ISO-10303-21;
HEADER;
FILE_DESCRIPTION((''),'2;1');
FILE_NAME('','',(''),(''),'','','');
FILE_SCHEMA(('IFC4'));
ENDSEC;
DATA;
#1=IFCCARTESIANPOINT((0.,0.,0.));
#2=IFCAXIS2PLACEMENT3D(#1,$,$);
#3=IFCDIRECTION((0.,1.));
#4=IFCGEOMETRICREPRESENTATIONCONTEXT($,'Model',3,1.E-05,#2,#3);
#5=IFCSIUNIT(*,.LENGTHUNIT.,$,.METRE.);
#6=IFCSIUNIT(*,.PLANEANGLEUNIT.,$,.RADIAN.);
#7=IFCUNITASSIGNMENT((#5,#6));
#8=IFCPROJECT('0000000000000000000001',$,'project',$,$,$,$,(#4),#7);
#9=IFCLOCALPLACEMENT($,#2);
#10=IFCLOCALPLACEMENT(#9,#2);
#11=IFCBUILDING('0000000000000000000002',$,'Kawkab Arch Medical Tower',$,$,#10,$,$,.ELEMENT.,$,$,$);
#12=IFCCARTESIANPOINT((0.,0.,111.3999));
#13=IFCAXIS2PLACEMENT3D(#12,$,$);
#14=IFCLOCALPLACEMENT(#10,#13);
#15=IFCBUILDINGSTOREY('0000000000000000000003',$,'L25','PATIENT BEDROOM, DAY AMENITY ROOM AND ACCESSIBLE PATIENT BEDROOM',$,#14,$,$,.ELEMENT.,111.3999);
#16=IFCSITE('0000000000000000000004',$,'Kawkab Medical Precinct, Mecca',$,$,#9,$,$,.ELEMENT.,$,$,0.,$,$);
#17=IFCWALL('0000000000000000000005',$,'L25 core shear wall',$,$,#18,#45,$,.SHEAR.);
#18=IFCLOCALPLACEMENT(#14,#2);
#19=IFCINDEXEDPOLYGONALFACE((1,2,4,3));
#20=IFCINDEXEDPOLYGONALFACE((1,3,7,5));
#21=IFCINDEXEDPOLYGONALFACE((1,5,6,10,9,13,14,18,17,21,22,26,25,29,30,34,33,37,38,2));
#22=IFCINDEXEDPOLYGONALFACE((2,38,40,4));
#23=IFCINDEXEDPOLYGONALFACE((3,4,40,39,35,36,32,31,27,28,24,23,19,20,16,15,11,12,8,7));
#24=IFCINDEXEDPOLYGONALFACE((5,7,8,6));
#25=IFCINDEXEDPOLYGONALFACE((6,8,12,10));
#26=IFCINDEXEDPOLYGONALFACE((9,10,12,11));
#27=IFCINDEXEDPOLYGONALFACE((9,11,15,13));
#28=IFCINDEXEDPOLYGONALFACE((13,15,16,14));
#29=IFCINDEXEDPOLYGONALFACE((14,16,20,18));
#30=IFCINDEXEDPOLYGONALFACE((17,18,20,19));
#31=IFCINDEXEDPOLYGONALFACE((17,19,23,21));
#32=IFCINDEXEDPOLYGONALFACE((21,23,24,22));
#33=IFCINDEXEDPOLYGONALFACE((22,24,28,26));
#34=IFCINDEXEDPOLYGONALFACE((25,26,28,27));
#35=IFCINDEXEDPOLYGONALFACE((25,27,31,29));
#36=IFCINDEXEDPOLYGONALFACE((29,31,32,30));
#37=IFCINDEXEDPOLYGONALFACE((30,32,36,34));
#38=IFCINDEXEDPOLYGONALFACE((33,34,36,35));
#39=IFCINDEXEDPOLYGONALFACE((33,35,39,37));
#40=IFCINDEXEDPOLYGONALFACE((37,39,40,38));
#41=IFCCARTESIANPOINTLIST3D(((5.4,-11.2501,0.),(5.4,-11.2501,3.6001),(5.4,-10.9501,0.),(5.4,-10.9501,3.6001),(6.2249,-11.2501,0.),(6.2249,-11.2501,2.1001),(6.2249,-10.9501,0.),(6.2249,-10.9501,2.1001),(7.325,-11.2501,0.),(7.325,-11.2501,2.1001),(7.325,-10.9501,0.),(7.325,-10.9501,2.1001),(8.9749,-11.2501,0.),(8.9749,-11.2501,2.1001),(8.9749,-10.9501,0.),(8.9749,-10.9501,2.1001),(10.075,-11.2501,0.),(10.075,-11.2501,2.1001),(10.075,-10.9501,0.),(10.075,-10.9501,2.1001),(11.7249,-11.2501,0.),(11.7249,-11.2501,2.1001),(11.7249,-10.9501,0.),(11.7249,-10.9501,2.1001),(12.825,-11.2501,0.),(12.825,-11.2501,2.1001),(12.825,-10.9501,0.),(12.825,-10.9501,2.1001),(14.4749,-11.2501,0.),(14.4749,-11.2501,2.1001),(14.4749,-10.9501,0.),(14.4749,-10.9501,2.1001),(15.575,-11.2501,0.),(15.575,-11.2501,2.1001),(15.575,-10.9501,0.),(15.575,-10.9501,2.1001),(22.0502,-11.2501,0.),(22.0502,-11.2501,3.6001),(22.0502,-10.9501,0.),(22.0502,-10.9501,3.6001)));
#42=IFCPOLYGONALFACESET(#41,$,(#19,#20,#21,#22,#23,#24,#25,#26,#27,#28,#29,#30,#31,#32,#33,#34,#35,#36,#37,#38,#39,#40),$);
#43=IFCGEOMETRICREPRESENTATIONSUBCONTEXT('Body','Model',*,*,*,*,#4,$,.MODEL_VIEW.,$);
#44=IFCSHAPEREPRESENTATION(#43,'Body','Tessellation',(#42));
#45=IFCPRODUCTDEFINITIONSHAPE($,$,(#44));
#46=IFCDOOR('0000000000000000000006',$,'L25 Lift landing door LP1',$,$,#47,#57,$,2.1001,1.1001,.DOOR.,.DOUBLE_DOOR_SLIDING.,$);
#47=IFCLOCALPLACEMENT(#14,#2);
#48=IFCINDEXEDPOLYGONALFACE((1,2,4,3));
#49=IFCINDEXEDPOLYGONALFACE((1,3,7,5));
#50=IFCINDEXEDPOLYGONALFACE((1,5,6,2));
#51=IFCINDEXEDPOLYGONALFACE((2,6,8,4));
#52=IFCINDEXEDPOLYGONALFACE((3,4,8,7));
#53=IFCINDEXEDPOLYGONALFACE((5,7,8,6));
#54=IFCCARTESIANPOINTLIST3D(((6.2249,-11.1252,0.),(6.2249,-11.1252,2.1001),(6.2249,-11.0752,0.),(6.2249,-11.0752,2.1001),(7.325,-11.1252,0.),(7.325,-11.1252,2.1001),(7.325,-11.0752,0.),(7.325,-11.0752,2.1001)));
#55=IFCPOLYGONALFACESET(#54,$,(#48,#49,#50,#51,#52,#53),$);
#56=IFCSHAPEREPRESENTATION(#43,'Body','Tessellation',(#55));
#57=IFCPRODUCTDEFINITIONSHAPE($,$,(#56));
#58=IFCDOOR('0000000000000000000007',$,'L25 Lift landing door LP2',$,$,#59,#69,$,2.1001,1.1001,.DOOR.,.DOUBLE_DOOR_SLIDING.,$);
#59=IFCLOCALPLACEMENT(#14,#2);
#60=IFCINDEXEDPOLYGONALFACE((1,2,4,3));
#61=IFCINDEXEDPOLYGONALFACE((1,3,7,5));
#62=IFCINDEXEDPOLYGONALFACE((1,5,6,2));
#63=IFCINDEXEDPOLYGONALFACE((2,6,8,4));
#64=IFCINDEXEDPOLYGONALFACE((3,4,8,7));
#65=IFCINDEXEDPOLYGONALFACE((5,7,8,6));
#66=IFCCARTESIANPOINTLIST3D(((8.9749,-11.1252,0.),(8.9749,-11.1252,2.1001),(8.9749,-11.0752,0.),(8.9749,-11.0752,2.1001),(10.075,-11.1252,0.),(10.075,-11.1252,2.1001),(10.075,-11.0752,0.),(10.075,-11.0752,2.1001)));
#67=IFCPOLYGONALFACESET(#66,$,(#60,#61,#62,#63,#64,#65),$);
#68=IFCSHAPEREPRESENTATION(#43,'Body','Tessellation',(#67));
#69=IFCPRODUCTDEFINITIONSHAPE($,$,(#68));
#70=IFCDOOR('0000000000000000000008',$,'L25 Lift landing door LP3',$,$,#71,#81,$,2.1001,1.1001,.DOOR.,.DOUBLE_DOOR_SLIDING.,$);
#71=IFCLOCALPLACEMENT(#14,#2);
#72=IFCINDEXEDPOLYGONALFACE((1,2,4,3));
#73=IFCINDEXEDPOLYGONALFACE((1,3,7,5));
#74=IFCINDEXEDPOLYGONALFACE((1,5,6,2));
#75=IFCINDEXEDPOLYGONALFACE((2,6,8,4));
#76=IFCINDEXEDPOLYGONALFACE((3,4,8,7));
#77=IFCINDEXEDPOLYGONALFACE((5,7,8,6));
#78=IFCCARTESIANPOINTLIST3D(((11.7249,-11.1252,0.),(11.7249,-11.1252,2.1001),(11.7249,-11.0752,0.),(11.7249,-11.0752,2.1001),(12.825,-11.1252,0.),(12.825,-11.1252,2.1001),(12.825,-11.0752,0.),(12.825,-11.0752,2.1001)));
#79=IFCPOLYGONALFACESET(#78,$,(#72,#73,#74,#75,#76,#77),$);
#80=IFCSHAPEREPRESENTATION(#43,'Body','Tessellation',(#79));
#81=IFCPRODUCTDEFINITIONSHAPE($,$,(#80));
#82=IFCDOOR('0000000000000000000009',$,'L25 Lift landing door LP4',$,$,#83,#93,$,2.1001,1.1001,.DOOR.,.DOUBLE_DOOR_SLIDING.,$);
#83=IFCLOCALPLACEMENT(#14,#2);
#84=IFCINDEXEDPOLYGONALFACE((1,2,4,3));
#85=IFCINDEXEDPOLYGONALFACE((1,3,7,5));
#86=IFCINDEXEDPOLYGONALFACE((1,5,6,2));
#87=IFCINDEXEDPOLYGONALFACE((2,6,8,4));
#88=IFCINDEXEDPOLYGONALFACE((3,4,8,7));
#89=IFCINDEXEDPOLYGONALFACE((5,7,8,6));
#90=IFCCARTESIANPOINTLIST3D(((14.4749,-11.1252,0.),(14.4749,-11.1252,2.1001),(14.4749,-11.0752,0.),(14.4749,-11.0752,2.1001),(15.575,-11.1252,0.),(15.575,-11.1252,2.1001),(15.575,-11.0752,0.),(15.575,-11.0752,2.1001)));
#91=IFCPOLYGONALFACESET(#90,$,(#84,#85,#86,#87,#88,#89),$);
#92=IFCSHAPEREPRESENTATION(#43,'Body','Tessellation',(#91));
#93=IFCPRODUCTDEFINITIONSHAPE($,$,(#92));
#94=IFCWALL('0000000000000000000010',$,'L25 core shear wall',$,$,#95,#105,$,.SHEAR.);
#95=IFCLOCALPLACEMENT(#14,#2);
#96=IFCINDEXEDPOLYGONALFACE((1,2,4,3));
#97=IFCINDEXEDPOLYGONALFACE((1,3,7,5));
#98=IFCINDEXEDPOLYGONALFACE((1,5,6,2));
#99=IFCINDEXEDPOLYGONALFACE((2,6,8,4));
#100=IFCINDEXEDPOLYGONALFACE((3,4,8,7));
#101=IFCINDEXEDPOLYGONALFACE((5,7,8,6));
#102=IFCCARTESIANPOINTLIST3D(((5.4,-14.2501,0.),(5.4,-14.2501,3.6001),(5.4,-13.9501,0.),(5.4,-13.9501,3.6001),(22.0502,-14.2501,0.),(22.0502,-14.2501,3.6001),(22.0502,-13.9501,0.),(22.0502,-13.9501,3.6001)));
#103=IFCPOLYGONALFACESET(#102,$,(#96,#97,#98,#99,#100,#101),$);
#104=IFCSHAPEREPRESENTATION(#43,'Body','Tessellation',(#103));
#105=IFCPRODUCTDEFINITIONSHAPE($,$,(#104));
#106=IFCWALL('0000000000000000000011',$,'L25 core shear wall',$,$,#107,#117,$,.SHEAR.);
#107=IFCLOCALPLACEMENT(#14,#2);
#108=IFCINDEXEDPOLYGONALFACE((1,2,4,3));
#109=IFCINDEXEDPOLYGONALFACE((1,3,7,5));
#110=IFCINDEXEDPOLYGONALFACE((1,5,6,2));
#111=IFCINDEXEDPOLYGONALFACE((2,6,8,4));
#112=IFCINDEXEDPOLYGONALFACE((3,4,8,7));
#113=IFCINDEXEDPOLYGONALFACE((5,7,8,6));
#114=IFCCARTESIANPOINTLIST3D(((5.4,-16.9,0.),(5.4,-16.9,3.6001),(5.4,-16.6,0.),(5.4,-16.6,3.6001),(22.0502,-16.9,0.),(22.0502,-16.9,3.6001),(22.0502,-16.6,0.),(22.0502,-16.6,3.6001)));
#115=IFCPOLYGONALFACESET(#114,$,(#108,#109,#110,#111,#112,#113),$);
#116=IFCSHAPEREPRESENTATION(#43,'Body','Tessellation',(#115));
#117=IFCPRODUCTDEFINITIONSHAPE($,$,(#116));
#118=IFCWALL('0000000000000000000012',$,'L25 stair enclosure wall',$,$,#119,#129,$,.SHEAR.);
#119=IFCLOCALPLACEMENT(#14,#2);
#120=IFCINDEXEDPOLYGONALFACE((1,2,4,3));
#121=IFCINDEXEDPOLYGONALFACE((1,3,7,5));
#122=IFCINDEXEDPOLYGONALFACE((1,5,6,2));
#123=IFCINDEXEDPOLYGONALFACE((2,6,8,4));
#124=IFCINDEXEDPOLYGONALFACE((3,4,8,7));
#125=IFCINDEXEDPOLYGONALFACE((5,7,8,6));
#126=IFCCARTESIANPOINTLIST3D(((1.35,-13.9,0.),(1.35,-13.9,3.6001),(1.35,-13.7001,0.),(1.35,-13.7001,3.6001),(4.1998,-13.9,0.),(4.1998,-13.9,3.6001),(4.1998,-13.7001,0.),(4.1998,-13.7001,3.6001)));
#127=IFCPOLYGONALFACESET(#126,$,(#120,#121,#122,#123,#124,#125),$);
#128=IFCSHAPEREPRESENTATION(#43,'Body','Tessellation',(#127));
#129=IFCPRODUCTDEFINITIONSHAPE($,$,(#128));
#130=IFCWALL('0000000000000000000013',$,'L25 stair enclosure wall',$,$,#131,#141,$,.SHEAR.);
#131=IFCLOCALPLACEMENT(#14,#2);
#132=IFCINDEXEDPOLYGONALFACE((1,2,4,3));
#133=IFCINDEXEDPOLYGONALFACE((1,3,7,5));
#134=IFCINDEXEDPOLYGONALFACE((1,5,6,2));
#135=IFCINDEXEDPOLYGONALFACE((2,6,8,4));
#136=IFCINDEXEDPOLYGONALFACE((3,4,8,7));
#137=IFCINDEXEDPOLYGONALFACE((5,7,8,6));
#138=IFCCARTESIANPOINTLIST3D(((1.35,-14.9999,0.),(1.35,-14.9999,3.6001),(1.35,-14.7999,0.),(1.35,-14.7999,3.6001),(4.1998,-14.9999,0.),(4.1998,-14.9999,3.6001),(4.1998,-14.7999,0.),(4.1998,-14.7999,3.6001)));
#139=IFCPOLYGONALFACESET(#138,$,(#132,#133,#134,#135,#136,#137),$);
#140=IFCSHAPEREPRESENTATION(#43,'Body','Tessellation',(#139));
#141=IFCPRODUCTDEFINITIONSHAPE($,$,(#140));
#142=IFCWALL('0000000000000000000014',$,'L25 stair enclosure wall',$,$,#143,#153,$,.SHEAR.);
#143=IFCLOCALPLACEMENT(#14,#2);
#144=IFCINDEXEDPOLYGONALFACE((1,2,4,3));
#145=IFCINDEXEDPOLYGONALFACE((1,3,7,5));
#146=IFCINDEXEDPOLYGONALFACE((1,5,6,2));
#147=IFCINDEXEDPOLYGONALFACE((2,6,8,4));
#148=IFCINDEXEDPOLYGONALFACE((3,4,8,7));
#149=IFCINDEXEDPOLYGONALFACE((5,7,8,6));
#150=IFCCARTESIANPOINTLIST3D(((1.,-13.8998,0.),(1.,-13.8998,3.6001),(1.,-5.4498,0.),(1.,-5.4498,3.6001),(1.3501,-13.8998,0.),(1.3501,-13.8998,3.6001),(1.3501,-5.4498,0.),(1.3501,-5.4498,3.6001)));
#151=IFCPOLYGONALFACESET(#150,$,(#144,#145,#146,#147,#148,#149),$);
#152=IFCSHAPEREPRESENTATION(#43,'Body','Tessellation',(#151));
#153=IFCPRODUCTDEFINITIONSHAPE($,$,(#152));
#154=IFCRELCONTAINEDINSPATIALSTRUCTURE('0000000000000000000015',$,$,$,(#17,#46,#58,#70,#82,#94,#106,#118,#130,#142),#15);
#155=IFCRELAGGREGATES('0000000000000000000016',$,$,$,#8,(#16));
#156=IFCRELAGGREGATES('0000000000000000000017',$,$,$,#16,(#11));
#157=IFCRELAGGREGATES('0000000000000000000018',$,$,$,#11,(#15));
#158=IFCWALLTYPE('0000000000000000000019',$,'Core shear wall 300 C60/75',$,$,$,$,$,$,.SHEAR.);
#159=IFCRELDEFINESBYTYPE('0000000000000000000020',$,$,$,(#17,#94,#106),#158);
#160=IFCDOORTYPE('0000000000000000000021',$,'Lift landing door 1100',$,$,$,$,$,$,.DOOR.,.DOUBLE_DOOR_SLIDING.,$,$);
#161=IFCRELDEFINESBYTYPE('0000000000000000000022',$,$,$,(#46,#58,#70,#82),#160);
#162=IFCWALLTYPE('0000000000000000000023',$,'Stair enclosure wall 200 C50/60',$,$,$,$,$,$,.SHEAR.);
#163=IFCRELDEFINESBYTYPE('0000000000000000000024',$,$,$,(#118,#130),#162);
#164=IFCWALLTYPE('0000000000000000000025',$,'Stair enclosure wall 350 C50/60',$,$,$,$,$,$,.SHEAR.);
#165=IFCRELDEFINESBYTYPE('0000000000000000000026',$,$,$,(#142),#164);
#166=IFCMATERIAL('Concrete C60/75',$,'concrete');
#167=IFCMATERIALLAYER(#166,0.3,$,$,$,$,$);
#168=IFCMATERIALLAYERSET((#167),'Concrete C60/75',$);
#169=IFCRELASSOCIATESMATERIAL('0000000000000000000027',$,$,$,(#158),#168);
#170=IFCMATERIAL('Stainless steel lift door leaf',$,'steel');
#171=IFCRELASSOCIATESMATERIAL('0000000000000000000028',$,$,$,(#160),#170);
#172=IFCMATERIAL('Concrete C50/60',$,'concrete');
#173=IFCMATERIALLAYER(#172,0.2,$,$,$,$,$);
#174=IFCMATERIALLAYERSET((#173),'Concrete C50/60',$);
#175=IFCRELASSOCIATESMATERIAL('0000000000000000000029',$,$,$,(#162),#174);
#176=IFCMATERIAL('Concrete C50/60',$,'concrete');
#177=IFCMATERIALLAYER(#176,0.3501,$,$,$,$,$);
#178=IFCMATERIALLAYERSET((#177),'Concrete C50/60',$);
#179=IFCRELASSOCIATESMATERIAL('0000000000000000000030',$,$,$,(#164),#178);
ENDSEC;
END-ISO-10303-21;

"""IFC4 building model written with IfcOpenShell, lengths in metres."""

from ifc_helpers import new_model, si_unit, direction, frame, frame_2d, origin, place, context, subcontext, project, spatial, rectangle, extrude, material, layer, layer_set, type_object, element, fill, save


model = new_model("IFC4")

# Units and contexts
model_context = context("Model", 3, precision=1e-05, world=origin(), true_north=direction((0.0, 1.0)))
body_context = subcontext(model_context, "Body", "Model", "MODEL_VIEW")
ifc_project = project(units=[si_unit("LENGTHUNIT", "METRE"), si_unit("PLANEANGLEUNIT", "RADIAN")], contexts=[model_context])

# Site, building, storey
site_placement = place(None, origin())
site = spatial("IfcSite", under=ifc_project, at=site_placement, Name="Kawkab Medical Precinct, Mecca", CompositionType="ELEMENT", RefElevation=0.0)
building_placement = place(site_placement, origin())
building = spatial("IfcBuilding", under=site, at=building_placement, Name="Kawkab Arch Medical Tower", CompositionType="ELEMENT")
storey_placement = place(building_placement, frame((0.0, 0.0, 111.3999)))
storey = spatial("IfcBuildingStorey", under=building, at=storey_placement, Name="L25", Description="PATIENT BEDROOM, DAY AMENITY ROOM AND ACCESSIBLE PATIENT BEDROOM", CompositionType="ELEMENT", Elevation=111.3999)

# Shared definitions
ifc_material_1 = material(Name="Concrete C60/75", Category="concrete")
ifc_layer_1 = layer(ifc_material_1, 0.3)
ifc_layer_set_1 = layer_set([ifc_layer_1], Name="Concrete C60/75")
wall_type_1 = type_object("IfcWallType", Name="Core shear wall 300 C60/75", PredefinedType="SHEAR", material=ifc_layer_set_1)

# Wall, openings, doors
wall_1_placement = place(storey_placement, frame((5.3999, -11.1001, 0.0), z_axis=(0.0, 0.0, 1.0), x_axis=(1.0, 0.0, 0.0)))
wall_1 = element("IfcWall", 1, at=wall_1_placement, inside=storey, type_object=wall_type_1, Name="L25 core shear wall", PredefinedType="SHEAR", context=body_context, shape_type="SweptSolid", body=[
    extrude(rectangle(XDim=16.6501, YDim=0.3, at=frame_2d((8.3252, 0.0))), origin(), (0.0, 0.0, 1.0), 3.6001),
])
opening_1_placement = place(wall_1_placement, frame((0.825, 0.0, 0.0)))
opening_1 = element("IfcOpeningElement", 2, at=opening_1_placement, cuts=wall_1, PredefinedType="OPENING", context=body_context, shape_type="SweptSolid", body=[
    extrude(rectangle(XDim=1.1001, YDim=2.1001, at=frame_2d((0.55, 1.05))), frame((0.0, 0.1599, 0.0), z_axis=(0.0, -1.0, 0.0), x_axis=(1.0, 0.0, 0.0)), (0.0, 0.0, 1.0), 0.3201),
])
opening_2_placement = place(wall_1_placement, frame((3.575, 0.0, 0.0)))
opening_2 = element("IfcOpeningElement", 3, at=opening_2_placement, cuts=wall_1, PredefinedType="OPENING", context=body_context, shape_type="SweptSolid", body=[
    extrude(rectangle(XDim=1.1001, YDim=2.1001, at=frame_2d((0.55, 1.05))), frame((0.0, 0.1599, 0.0), z_axis=(0.0, -1.0, 0.0), x_axis=(1.0, 0.0, 0.0)), (0.0, 0.0, 1.0), 0.3201),
])
opening_3_placement = place(wall_1_placement, frame((6.325, 0.0, 0.0)))
opening_3 = element("IfcOpeningElement", 4, at=opening_3_placement, cuts=wall_1, PredefinedType="OPENING", context=body_context, shape_type="SweptSolid", body=[
    extrude(rectangle(XDim=1.1001, YDim=2.1001, at=frame_2d((0.55, 1.05))), frame((0.0, 0.1599, 0.0), z_axis=(0.0, -1.0, 0.0), x_axis=(1.0, 0.0, 0.0)), (0.0, 0.0, 1.0), 0.3201),
])
opening_4_placement = place(wall_1_placement, frame((9.075, 0.0, 0.0)))
opening_4 = element("IfcOpeningElement", 5, at=opening_4_placement, cuts=wall_1, PredefinedType="OPENING", context=body_context, shape_type="SweptSolid", body=[
    extrude(rectangle(XDim=1.1001, YDim=2.1001, at=frame_2d((0.55, 1.05))), frame((0.0, 0.1599, 0.0), z_axis=(0.0, -1.0, 0.0), x_axis=(1.0, 0.0, 0.0)), (0.0, 0.0, 1.0), 0.3201),
])
ifc_material_2 = material(Name="Stainless steel lift door leaf", Category="steel")
door_type = type_object("IfcDoorType", Name="Lift landing door 1100", OperationType="DOUBLE_DOOR_SLIDING", PredefinedType="DOOR", material=ifc_material_2)
door_1_placement = place(opening_1_placement, origin())
door_1 = element("IfcDoor", 6, at=door_1_placement, inside=storey, type_object=door_type, Name="L25 Lift landing door LP1", OperationType="DOUBLE_DOOR_SLIDING", OverallHeight=2.1001, OverallWidth=1.1001, PredefinedType="DOOR", context=body_context, shape_type="SweptSolid", body=[
    extrude(rectangle(XDim=1.1001, YDim=2.1001, at=frame_2d((0.55, 1.05))), frame((0.0, 0.0249, 0.0), z_axis=(0.0, -1.0, 0.0), x_axis=(1.0, 0.0, 0.0)), (0.0, 0.0, 1.0), 0.05),
])
fill(opening_1, door_1)
door_2_placement = place(opening_2_placement, origin())
door_2 = element("IfcDoor", 7, at=door_2_placement, inside=storey, type_object=door_type, Name="L25 Lift landing door LP2", OperationType="DOUBLE_DOOR_SLIDING", OverallHeight=2.1001, OverallWidth=1.1001, PredefinedType="DOOR", context=body_context, shape_type="SweptSolid", body=[
    extrude(rectangle(XDim=1.1001, YDim=2.1001, at=frame_2d((0.55, 1.05))), frame((0.0, 0.0249, 0.0), z_axis=(0.0, -1.0, 0.0), x_axis=(1.0, 0.0, 0.0)), (0.0, 0.0, 1.0), 0.05),
])
fill(opening_2, door_2)
door_3_placement = place(opening_3_placement, origin())
door_3 = element("IfcDoor", 8, at=door_3_placement, inside=storey, type_object=door_type, Name="L25 Lift landing door LP3", OperationType="DOUBLE_DOOR_SLIDING", OverallHeight=2.1001, OverallWidth=1.1001, PredefinedType="DOOR", context=body_context, shape_type="SweptSolid", body=[
    extrude(rectangle(XDim=1.1001, YDim=2.1001, at=frame_2d((0.55, 1.05))), frame((0.0, 0.0249, 0.0), z_axis=(0.0, -1.0, 0.0), x_axis=(1.0, 0.0, 0.0)), (0.0, 0.0, 1.0), 0.05),
])
fill(opening_3, door_3)
door_4_placement = place(opening_4_placement, origin())
door_4 = element("IfcDoor", 9, at=door_4_placement, inside=storey, type_object=door_type, Name="L25 Lift landing door LP4", OperationType="DOUBLE_DOOR_SLIDING", OverallHeight=2.1001, OverallWidth=1.1001, PredefinedType="DOOR", context=body_context, shape_type="SweptSolid", body=[
    extrude(rectangle(XDim=1.1001, YDim=2.1001, at=frame_2d((0.55, 1.05))), frame((0.0, 0.0249, 0.0), z_axis=(0.0, -1.0, 0.0), x_axis=(1.0, 0.0, 0.0)), (0.0, 0.0, 1.0), 0.05),
])
fill(opening_4, door_4)

# Walls
for number, where, z_axis, x_axis, name in (
    (10, (5.3999, -14.1001, 0.0), (0.0, 0.0, 1.0), (1.0, 0.0, 0.0), "L25 core shear wall"),
    (11, (5.3999, -16.75, 0.0), (0.0, 0.0, 1.0), (1.0, 0.0, 0.0), "L25 core shear wall"),
):
    element("IfcWall", number, at=place(storey_placement, frame(where, z_axis=z_axis, x_axis=x_axis)), inside=storey, type_object=wall_type_1, Name=name, PredefinedType="SHEAR", context=body_context, shape_type="SweptSolid", body=[
        extrude(rectangle(XDim=16.6501, YDim=0.3, at=frame_2d((8.3252, 0.0))), origin(), (0.0, 0.0, 1.0), 3.6001),
    ])
ifc_material_3 = material(Name="Concrete C50/60", Category="concrete")
ifc_layer_2 = layer(ifc_material_3, 0.2)
ifc_layer_set_2 = layer_set([ifc_layer_2], Name="Concrete C50/60")
wall_type_2 = type_object("IfcWallType", Name="Stair enclosure wall 200 C50/60", PredefinedType="SHEAR", material=ifc_layer_set_2)
for number, where, z_axis, x_axis, name in (
    (12, (1.3501, -13.8, 0.0), (0.0, 0.0, 1.0), (1.0, 0.0, 0.0), "L25 stair enclosure wall"),
    (13, (1.3501, -14.8999, 0.0), (0.0, 0.0, 1.0), (1.0, 0.0, 0.0), "L25 stair enclosure wall"),
):
    element("IfcWall", number, at=place(storey_placement, frame(where, z_axis=z_axis, x_axis=x_axis)), inside=storey, type_object=wall_type_2, Name=name, PredefinedType="SHEAR", context=body_context, shape_type="SweptSolid", body=[
        extrude(rectangle(XDim=2.8499, YDim=0.2, at=frame_2d((1.4248, 0.0))), origin(), (0.0, 0.0, 1.0), 3.6001),
    ])
ifc_material_4 = material(Name="Concrete C50/60", Category="concrete")
ifc_layer_3 = layer(ifc_material_4, 0.3501)
ifc_layer_set_3 = layer_set([ifc_layer_3], Name="Concrete C50/60")
wall_type_3 = type_object("IfcWallType", Name="Stair enclosure wall 350 C50/60", PredefinedType="SHEAR", material=ifc_layer_set_3)
wall_2_placement = place(storey_placement, frame((1.175, -13.8999, 0.0), z_axis=(0.0, 0.0, 1.0), x_axis=(0.0, 1.0, 0.0)))
element("IfcWall", 14, at=wall_2_placement, inside=storey, type_object=wall_type_3, Name="L25 stair enclosure wall", PredefinedType="SHEAR", context=body_context, shape_type="SweptSolid", body=[
    extrude(rectangle(XDim=8.45, YDim=0.3501, at=frame_2d((4.2251, 0.0))), origin(), (0.0, 0.0, 1.0), 3.6001),
])

save(model, "model.ifc")
